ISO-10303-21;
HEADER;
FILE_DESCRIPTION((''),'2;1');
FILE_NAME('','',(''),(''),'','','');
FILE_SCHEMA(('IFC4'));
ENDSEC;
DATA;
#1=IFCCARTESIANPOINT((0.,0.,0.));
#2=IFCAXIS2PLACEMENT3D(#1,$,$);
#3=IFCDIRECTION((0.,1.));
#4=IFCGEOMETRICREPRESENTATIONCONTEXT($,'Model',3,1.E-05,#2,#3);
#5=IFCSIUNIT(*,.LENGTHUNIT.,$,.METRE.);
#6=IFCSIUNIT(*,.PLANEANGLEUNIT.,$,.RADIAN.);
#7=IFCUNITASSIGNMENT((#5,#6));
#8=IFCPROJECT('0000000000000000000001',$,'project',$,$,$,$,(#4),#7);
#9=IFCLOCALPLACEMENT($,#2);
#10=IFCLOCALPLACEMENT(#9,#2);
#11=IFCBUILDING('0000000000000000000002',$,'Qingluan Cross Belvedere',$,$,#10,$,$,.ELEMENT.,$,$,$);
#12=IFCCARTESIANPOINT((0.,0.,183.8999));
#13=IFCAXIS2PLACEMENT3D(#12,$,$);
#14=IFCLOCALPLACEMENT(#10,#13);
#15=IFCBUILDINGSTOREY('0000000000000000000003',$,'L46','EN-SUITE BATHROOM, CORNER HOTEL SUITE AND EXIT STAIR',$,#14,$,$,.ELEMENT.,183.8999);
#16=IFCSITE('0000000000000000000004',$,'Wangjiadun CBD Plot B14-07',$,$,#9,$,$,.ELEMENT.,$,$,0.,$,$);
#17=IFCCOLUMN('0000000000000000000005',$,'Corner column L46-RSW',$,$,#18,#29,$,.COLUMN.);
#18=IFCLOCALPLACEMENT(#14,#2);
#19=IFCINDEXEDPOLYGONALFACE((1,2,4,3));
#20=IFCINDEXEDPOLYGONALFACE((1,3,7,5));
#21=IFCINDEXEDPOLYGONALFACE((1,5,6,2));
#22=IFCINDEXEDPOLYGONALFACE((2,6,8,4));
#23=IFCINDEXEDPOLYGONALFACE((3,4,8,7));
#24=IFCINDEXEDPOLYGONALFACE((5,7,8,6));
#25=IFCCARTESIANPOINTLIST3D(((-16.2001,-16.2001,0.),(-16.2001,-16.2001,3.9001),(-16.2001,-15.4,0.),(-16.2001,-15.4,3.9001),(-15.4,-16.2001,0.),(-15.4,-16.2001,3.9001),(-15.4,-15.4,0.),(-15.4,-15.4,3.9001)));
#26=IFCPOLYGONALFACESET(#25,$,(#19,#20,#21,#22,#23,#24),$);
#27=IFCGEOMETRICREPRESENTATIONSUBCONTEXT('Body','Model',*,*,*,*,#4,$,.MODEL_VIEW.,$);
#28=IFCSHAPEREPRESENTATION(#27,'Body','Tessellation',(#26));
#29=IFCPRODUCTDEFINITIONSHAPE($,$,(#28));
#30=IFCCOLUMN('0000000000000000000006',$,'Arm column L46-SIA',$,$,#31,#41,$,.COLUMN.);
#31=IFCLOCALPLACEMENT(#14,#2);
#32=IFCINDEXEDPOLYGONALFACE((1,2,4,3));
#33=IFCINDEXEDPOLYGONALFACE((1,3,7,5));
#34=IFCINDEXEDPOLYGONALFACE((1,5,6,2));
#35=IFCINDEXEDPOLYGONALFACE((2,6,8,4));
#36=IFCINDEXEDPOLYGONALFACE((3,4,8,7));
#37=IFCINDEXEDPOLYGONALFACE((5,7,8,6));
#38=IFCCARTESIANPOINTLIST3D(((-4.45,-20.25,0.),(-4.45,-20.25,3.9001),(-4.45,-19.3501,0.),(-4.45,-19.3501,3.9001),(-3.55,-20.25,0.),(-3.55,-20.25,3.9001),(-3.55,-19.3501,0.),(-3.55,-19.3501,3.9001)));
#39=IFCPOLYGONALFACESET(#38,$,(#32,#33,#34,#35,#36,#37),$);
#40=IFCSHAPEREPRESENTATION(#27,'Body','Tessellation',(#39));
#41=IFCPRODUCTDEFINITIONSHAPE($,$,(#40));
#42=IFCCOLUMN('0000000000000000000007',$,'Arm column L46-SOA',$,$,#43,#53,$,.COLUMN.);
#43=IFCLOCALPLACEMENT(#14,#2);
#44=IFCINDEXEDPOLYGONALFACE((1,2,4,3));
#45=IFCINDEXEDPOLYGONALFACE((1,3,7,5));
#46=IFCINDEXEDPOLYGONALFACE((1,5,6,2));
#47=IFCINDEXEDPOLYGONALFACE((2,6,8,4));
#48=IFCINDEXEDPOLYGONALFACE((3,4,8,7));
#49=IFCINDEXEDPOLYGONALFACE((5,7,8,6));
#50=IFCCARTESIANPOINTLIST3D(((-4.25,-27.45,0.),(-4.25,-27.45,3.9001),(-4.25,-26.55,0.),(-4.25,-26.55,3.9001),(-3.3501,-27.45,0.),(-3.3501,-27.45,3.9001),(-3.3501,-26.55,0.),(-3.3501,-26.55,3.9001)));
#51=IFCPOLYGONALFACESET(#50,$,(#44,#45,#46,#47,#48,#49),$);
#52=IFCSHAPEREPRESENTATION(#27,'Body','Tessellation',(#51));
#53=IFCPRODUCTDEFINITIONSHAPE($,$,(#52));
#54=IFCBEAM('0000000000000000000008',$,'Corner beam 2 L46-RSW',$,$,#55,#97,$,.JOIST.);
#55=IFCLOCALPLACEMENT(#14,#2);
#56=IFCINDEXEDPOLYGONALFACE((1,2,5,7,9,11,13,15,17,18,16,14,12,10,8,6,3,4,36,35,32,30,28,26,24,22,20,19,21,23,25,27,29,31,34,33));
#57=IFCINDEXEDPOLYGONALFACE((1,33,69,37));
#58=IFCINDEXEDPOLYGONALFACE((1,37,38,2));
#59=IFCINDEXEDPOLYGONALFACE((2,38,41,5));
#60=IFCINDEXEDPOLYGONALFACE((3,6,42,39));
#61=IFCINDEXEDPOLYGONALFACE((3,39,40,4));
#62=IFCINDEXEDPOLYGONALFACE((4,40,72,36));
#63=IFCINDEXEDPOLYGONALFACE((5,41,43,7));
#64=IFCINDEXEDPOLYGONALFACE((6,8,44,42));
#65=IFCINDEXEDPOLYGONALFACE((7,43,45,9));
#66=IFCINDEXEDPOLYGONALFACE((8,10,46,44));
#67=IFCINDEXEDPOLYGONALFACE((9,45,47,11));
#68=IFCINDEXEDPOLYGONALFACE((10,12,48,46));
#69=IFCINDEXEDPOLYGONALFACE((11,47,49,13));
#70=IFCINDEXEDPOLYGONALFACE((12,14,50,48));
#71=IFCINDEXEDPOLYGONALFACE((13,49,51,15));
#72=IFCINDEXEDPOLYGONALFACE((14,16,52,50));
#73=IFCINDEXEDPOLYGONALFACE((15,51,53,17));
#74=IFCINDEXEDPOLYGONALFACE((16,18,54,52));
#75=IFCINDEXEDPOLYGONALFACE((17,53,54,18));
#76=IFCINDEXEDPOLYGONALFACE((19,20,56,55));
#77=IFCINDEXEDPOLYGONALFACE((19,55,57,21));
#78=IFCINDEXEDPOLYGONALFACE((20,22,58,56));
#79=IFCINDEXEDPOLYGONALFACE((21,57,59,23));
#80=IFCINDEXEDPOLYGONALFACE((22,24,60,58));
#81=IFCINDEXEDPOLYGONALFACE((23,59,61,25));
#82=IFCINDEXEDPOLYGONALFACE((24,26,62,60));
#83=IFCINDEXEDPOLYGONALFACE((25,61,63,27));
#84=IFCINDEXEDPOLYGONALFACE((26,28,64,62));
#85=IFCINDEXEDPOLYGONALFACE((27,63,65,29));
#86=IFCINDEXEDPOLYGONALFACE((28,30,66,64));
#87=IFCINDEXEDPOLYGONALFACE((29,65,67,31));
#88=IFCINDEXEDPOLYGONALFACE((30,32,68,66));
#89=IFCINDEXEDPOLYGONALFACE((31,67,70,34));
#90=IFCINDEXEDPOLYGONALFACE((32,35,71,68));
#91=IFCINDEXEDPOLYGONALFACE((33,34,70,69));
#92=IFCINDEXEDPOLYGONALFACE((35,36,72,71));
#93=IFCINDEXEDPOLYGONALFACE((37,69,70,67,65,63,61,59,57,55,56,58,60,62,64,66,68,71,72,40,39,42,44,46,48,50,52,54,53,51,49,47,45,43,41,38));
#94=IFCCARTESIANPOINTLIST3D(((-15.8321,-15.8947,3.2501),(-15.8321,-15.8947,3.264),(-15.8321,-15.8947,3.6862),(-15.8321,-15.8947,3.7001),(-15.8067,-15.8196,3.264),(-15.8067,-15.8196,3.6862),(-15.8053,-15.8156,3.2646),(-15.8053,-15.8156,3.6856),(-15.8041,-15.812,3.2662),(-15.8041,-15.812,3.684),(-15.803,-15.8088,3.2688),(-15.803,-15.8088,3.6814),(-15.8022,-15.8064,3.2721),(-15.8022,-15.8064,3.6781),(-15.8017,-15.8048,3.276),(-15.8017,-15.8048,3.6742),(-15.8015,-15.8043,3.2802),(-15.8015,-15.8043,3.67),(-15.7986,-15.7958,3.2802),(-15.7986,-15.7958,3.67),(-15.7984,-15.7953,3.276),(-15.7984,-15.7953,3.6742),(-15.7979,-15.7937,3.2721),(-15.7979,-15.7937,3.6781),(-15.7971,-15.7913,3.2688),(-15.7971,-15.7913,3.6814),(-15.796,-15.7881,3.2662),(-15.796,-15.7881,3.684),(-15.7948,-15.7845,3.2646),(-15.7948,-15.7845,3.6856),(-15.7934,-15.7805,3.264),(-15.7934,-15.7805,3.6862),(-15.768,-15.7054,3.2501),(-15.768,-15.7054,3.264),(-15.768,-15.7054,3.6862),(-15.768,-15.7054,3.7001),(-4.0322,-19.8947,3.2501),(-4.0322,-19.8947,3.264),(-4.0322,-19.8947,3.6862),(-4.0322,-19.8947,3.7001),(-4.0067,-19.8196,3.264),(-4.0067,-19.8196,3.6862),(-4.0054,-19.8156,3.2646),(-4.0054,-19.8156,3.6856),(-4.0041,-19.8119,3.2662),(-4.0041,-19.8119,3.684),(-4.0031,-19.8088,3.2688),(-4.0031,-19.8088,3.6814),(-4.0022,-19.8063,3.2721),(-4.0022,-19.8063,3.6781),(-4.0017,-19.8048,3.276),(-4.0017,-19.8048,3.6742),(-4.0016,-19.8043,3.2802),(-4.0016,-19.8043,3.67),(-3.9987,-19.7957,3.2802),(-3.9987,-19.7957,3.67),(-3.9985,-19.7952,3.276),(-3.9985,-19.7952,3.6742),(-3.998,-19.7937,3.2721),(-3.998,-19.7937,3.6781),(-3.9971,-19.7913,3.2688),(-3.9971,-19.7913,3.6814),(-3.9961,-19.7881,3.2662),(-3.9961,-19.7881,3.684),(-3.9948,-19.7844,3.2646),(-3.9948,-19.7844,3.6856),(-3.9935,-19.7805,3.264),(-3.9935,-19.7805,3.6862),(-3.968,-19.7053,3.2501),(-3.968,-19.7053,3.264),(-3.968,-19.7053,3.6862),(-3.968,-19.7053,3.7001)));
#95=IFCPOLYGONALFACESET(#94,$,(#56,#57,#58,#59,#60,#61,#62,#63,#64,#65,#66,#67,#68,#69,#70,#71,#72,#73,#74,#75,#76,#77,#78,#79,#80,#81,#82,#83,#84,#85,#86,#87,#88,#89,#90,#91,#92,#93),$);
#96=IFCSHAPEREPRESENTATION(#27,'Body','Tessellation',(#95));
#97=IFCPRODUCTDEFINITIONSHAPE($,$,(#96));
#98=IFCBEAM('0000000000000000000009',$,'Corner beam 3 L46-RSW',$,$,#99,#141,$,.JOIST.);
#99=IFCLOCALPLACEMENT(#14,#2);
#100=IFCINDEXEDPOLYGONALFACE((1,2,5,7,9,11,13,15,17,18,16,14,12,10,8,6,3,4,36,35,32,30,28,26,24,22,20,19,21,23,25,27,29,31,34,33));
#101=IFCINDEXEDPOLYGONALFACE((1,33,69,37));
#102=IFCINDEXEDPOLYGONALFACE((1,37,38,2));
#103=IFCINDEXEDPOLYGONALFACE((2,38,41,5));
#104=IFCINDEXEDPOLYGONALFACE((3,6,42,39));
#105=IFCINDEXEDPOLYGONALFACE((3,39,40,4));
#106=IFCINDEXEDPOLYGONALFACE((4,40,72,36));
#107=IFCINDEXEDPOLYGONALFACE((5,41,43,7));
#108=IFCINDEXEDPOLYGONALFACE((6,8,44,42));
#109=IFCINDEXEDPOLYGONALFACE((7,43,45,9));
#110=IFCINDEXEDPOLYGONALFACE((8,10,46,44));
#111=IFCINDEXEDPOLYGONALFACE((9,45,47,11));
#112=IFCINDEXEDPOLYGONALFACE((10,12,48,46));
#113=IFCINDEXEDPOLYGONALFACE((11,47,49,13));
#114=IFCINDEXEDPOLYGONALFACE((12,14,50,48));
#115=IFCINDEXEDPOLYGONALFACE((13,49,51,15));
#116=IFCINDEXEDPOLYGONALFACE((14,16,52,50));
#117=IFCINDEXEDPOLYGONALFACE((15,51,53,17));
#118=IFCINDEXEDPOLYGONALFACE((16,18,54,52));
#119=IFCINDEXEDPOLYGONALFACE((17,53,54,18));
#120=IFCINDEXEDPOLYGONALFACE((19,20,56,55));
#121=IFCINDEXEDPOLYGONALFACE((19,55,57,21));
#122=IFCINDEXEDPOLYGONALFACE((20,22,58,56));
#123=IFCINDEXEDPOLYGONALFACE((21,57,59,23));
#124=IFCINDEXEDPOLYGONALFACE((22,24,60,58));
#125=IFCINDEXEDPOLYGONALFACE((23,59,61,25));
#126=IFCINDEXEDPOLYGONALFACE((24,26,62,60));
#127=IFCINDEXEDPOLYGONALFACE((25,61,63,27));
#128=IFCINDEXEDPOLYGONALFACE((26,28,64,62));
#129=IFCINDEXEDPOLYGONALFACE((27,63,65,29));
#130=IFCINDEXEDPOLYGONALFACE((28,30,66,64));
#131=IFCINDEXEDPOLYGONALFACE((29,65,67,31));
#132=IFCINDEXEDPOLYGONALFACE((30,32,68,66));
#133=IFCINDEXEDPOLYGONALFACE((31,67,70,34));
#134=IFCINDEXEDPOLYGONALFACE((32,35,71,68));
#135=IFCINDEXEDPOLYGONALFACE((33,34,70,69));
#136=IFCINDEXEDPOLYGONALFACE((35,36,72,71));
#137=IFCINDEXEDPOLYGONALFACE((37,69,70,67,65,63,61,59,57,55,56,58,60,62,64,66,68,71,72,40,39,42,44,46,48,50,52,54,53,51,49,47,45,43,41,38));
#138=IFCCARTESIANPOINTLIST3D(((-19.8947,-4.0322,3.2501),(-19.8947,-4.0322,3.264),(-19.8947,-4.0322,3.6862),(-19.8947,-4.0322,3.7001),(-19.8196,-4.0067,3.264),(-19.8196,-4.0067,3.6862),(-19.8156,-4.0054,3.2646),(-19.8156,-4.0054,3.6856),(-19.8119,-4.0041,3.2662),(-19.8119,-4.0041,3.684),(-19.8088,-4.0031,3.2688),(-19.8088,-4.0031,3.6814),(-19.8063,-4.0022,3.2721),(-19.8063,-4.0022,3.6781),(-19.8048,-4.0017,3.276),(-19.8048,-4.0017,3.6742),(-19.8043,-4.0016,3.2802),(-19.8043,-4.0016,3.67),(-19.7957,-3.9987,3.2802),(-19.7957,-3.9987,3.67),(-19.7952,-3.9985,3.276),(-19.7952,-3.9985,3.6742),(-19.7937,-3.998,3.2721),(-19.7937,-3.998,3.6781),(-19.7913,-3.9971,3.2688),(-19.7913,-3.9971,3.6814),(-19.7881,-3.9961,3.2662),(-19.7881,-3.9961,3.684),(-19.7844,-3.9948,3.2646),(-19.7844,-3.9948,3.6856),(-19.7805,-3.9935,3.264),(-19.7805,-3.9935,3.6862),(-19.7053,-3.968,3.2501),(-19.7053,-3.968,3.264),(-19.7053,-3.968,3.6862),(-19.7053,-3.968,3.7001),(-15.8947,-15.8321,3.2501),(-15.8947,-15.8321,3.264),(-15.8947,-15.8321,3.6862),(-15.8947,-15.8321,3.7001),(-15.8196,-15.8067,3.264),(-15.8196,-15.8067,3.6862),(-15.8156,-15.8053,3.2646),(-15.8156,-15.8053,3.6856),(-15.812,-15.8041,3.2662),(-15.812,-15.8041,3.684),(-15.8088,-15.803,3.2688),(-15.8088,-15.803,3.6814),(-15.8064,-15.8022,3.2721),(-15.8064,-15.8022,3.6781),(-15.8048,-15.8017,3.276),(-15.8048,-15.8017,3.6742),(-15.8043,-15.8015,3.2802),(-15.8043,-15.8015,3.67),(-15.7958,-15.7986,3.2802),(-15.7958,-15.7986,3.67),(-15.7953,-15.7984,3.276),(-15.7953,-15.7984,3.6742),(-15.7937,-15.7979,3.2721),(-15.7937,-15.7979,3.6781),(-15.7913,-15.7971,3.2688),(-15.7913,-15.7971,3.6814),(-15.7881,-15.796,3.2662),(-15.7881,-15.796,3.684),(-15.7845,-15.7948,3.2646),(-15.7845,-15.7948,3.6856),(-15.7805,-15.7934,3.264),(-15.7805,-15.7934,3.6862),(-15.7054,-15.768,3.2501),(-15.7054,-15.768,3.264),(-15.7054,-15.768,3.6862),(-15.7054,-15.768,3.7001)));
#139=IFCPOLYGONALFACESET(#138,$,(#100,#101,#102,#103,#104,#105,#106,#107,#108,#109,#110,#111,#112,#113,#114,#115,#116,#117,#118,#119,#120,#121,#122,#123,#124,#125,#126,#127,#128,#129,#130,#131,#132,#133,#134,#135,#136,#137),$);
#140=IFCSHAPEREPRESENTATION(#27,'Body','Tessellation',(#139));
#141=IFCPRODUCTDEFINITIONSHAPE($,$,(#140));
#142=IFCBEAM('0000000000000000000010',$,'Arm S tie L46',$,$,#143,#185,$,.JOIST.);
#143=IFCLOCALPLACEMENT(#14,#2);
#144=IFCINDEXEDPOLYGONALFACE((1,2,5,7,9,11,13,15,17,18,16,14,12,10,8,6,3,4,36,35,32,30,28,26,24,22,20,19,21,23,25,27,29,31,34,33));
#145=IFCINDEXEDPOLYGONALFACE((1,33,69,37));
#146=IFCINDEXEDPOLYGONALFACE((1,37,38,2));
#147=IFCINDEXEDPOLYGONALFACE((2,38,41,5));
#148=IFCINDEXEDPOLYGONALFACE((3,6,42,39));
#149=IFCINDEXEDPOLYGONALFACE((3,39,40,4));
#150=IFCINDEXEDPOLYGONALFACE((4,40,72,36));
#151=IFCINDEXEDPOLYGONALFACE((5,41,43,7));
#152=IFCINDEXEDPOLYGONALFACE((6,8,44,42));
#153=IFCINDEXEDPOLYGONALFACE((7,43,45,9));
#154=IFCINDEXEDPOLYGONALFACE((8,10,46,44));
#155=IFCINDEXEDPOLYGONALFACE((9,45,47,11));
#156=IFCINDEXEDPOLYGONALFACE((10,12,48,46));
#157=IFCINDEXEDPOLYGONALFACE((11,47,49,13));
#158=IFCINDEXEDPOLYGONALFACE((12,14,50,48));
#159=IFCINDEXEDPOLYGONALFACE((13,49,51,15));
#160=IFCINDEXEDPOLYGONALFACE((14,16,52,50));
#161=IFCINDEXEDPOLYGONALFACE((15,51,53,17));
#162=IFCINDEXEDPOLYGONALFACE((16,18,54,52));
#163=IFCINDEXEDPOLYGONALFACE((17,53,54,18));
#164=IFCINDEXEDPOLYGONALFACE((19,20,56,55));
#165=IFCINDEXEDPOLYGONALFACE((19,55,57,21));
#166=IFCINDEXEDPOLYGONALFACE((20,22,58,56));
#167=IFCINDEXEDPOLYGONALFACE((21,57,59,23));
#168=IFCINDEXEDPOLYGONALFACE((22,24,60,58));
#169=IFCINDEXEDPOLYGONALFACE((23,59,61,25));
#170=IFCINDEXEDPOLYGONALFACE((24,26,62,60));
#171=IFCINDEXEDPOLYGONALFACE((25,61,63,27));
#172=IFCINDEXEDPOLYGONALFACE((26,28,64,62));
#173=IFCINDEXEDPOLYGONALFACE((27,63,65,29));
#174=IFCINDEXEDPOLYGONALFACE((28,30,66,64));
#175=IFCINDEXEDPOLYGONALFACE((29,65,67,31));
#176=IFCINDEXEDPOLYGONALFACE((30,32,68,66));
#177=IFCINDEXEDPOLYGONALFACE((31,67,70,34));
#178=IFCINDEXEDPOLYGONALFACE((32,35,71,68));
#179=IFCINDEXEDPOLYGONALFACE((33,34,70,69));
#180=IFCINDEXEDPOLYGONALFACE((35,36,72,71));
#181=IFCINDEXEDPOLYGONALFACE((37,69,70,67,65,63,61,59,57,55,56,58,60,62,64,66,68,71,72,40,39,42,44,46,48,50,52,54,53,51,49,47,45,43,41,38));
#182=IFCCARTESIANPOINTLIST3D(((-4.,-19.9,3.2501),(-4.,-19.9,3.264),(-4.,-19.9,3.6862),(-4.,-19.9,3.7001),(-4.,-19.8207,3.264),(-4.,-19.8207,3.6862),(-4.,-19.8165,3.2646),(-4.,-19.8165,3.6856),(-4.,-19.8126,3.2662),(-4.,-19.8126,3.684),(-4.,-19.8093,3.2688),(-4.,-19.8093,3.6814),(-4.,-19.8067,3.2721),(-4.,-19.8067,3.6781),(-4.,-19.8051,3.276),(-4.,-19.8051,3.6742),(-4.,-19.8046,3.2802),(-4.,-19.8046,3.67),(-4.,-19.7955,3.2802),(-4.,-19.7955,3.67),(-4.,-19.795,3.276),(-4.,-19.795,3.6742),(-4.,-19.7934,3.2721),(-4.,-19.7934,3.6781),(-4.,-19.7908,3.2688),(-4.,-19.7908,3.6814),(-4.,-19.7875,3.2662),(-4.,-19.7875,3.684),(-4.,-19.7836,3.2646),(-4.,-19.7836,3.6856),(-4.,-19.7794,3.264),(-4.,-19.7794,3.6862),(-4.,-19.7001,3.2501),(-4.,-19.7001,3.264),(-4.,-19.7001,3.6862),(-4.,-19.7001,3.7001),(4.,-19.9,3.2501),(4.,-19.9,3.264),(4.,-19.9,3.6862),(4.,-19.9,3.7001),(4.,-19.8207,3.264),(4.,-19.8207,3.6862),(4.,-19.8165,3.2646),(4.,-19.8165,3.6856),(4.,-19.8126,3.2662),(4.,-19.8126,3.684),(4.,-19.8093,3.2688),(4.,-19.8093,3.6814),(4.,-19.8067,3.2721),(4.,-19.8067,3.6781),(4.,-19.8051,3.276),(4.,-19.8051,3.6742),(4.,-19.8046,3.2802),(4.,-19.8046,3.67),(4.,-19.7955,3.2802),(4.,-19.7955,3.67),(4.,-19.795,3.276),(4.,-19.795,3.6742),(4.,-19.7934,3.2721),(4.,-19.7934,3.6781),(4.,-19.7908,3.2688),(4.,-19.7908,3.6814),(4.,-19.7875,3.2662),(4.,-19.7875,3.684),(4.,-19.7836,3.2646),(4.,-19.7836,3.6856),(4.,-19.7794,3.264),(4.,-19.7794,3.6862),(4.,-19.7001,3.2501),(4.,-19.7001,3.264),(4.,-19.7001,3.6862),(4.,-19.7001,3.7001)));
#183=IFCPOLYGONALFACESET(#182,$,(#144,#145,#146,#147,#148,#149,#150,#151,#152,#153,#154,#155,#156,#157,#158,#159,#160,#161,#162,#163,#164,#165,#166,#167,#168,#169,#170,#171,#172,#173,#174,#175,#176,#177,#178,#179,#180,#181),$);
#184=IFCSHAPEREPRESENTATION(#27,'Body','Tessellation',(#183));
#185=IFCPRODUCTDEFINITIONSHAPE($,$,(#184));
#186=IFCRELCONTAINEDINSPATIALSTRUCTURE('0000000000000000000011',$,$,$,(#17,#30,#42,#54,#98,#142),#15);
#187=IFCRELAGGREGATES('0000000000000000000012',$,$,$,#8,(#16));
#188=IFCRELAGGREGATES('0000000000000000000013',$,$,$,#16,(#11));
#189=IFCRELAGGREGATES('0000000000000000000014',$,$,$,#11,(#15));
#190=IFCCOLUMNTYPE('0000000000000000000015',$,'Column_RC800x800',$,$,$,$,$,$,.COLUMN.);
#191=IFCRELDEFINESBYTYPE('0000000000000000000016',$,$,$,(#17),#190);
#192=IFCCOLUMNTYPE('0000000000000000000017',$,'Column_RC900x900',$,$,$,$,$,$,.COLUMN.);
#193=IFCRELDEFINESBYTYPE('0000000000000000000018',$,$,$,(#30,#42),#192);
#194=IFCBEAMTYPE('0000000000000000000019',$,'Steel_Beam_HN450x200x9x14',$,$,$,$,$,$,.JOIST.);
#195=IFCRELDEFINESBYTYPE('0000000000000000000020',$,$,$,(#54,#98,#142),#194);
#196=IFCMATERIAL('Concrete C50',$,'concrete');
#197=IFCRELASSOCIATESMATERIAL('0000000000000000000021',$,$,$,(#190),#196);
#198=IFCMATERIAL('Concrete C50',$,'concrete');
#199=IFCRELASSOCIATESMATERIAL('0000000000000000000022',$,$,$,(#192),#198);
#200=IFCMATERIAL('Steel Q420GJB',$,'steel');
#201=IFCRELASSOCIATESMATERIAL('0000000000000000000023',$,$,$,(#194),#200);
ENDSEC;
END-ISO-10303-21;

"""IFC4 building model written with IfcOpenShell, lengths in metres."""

from ifc_helpers import new_model, si_unit, direction, frame, origin, origin_2d, place, context, subcontext, project, spatial, rectangle, i_section, extrude, material, material_profile, profile_set, type_object, element, save


model = new_model("IFC4")

# Units and contexts
model_context = context("Model", 3, precision=1e-05, world=origin(), true_north=direction((0.0, 1.0)))
body_context = subcontext(model_context, "Body", "Model", "MODEL_VIEW")
ifc_project = project(units=[si_unit("LENGTHUNIT", "METRE"), si_unit("PLANEANGLEUNIT", "RADIAN")], contexts=[model_context])

# Site, building, storey
site_placement = place(None, origin())
site = spatial("IfcSite", under=ifc_project, at=site_placement, Name="Wangjiadun CBD Plot B14-07", CompositionType="ELEMENT", RefElevation=0.0)
building_placement = place(site_placement, origin())
building = spatial("IfcBuilding", under=site, at=building_placement, Name="Qingluan Cross Belvedere", CompositionType="ELEMENT")
storey_placement = place(building_placement, frame((0.0, 0.0, 183.8999)))
storey = spatial("IfcBuildingStorey", under=building, at=storey_placement, Name="L46", Description="EN-SUITE BATHROOM, CORNER HOTEL SUITE AND EXIT STAIR", CompositionType="ELEMENT", Elevation=183.8999)

# Columns
ifc_material_1 = material(Name="Concrete C50", Category="concrete")
ifc_material_profile_1 = material_profile(ifc_material_1, rectangle(XDim=0.8, YDim=0.8, at=origin_2d()), Name="RC800x800")
ifc_profile_set_1 = profile_set([ifc_material_profile_1], Name="Concrete C50")
column_type_1 = type_object("IfcColumnType", Name="Column_RC800x800", PredefinedType="COLUMN", material=ifc_profile_set_1)
column_placement = place(storey_placement, frame((-15.8, -15.8, 0.0), z_axis=(0.0, 0.0, 1.0), x_axis=(1.0, 0.0, 0.0)))
element("IfcColumn", 1, at=column_placement, inside=storey, type_object=column_type_1, Name="Corner column L46-RSW", PredefinedType="COLUMN", context=body_context, shape_type="SweptSolid", body=[
    extrude(rectangle(XDim=0.8, YDim=0.8, at=origin_2d()), origin(), (0.0, 0.0, 1.0), 3.9001),
])
ifc_material_2 = material(Name="Concrete C50", Category="concrete")
ifc_material_profile_2 = material_profile(ifc_material_2, rectangle(XDim=0.8999, YDim=0.8999, at=origin_2d()), Name="RC900x900")
ifc_profile_set_2 = profile_set([ifc_material_profile_2], Name="Concrete C50")
column_type_2 = type_object("IfcColumnType", Name="Column_RC900x900", PredefinedType="COLUMN", material=ifc_profile_set_2)
for number, where, z_axis, x_axis, name in (
    (2, (-4.0, -19.8, 0.0), (0.0, 0.0, 1.0), (1.0, 0.0, 0.0), "Arm column L46-SIA"),
    (3, (-3.8, -27.0, 0.0), (0.0, 0.0, 1.0), (1.0, 0.0, 0.0), "Arm column L46-SOA"),
):
    element("IfcColumn", number, at=place(storey_placement, frame(where, z_axis=z_axis, x_axis=x_axis)), inside=storey, type_object=column_type_2, Name=name, PredefinedType="COLUMN", context=body_context, shape_type="SweptSolid", body=[
        extrude(rectangle(XDim=0.8999, YDim=0.8999, at=origin_2d()), origin(), (0.0, 0.0, 1.0), 3.9001),
    ])

# Beams
ifc_material_3 = material(Name="Steel Q420GJB", Category="steel")
ifc_material_profile_3 = material_profile(ifc_material_3, i_section(OverallWidth=0.2, OverallDepth=0.45, WebThickness=0.009, FlangeThickness=0.0139, FilletRadius=0.0161, at=origin_2d()), Name="HN450x200x9x14")
ifc_profile_set_3 = profile_set([ifc_material_profile_3], Name="Steel Q420GJB")
beam_type_1 = type_object("IfcBeamType", Name="Steel_Beam_HN450x200x9x14", PredefinedType="JOIST", material=ifc_profile_set_3)
for number, where, z_axis, x_axis, name in (
    (4, (-15.8, -15.8, 3.4751), (0.947066, -0.321038, 0.0), (0.321038, 0.947066, 0.0), "Corner beam 2 L46-RSW"),
    (5, (-15.8, -15.8, 3.4751), (-0.321038, 0.947066, 0.0), (-0.947066, -0.321038, 0.0), "Corner beam 3 L46-RSW"),
):
    element("IfcBeam", number, at=place(storey_placement, frame(where, z_axis=z_axis, x_axis=x_axis)), inside=storey, type_object=beam_type_1, Name=name, PredefinedType="JOIST", context=body_context, shape_type="SweptSolid", body=[
        extrude(i_section(OverallWidth=0.2, OverallDepth=0.45, WebThickness=0.009, FlangeThickness=0.0139, FilletRadius=0.0161, at=origin_2d()), origin(), (0.0, 0.0, 1.0), 12.4595),
    ])
for number, where, z_axis, x_axis, name in (
    (6, (-4.0, -19.8, 3.4751), (1.0, 0.0, 0.0), (0.0, 1.0, 0.0), "Arm S tie L46"),
):
    element("IfcBeam", number, at=place(storey_placement, frame(where, z_axis=z_axis, x_axis=x_axis)), inside=storey, type_object=beam_type_1, Name=name, PredefinedType="JOIST", context=body_context, shape_type="SweptSolid", body=[
        extrude(i_section(OverallWidth=0.2, OverallDepth=0.45, WebThickness=0.009, FlangeThickness=0.0139, FilletRadius=0.0161, at=origin_2d()), origin(), (0.0, 0.0, 1.0), 8.0),
    ])

save(model, "model.ifc")
